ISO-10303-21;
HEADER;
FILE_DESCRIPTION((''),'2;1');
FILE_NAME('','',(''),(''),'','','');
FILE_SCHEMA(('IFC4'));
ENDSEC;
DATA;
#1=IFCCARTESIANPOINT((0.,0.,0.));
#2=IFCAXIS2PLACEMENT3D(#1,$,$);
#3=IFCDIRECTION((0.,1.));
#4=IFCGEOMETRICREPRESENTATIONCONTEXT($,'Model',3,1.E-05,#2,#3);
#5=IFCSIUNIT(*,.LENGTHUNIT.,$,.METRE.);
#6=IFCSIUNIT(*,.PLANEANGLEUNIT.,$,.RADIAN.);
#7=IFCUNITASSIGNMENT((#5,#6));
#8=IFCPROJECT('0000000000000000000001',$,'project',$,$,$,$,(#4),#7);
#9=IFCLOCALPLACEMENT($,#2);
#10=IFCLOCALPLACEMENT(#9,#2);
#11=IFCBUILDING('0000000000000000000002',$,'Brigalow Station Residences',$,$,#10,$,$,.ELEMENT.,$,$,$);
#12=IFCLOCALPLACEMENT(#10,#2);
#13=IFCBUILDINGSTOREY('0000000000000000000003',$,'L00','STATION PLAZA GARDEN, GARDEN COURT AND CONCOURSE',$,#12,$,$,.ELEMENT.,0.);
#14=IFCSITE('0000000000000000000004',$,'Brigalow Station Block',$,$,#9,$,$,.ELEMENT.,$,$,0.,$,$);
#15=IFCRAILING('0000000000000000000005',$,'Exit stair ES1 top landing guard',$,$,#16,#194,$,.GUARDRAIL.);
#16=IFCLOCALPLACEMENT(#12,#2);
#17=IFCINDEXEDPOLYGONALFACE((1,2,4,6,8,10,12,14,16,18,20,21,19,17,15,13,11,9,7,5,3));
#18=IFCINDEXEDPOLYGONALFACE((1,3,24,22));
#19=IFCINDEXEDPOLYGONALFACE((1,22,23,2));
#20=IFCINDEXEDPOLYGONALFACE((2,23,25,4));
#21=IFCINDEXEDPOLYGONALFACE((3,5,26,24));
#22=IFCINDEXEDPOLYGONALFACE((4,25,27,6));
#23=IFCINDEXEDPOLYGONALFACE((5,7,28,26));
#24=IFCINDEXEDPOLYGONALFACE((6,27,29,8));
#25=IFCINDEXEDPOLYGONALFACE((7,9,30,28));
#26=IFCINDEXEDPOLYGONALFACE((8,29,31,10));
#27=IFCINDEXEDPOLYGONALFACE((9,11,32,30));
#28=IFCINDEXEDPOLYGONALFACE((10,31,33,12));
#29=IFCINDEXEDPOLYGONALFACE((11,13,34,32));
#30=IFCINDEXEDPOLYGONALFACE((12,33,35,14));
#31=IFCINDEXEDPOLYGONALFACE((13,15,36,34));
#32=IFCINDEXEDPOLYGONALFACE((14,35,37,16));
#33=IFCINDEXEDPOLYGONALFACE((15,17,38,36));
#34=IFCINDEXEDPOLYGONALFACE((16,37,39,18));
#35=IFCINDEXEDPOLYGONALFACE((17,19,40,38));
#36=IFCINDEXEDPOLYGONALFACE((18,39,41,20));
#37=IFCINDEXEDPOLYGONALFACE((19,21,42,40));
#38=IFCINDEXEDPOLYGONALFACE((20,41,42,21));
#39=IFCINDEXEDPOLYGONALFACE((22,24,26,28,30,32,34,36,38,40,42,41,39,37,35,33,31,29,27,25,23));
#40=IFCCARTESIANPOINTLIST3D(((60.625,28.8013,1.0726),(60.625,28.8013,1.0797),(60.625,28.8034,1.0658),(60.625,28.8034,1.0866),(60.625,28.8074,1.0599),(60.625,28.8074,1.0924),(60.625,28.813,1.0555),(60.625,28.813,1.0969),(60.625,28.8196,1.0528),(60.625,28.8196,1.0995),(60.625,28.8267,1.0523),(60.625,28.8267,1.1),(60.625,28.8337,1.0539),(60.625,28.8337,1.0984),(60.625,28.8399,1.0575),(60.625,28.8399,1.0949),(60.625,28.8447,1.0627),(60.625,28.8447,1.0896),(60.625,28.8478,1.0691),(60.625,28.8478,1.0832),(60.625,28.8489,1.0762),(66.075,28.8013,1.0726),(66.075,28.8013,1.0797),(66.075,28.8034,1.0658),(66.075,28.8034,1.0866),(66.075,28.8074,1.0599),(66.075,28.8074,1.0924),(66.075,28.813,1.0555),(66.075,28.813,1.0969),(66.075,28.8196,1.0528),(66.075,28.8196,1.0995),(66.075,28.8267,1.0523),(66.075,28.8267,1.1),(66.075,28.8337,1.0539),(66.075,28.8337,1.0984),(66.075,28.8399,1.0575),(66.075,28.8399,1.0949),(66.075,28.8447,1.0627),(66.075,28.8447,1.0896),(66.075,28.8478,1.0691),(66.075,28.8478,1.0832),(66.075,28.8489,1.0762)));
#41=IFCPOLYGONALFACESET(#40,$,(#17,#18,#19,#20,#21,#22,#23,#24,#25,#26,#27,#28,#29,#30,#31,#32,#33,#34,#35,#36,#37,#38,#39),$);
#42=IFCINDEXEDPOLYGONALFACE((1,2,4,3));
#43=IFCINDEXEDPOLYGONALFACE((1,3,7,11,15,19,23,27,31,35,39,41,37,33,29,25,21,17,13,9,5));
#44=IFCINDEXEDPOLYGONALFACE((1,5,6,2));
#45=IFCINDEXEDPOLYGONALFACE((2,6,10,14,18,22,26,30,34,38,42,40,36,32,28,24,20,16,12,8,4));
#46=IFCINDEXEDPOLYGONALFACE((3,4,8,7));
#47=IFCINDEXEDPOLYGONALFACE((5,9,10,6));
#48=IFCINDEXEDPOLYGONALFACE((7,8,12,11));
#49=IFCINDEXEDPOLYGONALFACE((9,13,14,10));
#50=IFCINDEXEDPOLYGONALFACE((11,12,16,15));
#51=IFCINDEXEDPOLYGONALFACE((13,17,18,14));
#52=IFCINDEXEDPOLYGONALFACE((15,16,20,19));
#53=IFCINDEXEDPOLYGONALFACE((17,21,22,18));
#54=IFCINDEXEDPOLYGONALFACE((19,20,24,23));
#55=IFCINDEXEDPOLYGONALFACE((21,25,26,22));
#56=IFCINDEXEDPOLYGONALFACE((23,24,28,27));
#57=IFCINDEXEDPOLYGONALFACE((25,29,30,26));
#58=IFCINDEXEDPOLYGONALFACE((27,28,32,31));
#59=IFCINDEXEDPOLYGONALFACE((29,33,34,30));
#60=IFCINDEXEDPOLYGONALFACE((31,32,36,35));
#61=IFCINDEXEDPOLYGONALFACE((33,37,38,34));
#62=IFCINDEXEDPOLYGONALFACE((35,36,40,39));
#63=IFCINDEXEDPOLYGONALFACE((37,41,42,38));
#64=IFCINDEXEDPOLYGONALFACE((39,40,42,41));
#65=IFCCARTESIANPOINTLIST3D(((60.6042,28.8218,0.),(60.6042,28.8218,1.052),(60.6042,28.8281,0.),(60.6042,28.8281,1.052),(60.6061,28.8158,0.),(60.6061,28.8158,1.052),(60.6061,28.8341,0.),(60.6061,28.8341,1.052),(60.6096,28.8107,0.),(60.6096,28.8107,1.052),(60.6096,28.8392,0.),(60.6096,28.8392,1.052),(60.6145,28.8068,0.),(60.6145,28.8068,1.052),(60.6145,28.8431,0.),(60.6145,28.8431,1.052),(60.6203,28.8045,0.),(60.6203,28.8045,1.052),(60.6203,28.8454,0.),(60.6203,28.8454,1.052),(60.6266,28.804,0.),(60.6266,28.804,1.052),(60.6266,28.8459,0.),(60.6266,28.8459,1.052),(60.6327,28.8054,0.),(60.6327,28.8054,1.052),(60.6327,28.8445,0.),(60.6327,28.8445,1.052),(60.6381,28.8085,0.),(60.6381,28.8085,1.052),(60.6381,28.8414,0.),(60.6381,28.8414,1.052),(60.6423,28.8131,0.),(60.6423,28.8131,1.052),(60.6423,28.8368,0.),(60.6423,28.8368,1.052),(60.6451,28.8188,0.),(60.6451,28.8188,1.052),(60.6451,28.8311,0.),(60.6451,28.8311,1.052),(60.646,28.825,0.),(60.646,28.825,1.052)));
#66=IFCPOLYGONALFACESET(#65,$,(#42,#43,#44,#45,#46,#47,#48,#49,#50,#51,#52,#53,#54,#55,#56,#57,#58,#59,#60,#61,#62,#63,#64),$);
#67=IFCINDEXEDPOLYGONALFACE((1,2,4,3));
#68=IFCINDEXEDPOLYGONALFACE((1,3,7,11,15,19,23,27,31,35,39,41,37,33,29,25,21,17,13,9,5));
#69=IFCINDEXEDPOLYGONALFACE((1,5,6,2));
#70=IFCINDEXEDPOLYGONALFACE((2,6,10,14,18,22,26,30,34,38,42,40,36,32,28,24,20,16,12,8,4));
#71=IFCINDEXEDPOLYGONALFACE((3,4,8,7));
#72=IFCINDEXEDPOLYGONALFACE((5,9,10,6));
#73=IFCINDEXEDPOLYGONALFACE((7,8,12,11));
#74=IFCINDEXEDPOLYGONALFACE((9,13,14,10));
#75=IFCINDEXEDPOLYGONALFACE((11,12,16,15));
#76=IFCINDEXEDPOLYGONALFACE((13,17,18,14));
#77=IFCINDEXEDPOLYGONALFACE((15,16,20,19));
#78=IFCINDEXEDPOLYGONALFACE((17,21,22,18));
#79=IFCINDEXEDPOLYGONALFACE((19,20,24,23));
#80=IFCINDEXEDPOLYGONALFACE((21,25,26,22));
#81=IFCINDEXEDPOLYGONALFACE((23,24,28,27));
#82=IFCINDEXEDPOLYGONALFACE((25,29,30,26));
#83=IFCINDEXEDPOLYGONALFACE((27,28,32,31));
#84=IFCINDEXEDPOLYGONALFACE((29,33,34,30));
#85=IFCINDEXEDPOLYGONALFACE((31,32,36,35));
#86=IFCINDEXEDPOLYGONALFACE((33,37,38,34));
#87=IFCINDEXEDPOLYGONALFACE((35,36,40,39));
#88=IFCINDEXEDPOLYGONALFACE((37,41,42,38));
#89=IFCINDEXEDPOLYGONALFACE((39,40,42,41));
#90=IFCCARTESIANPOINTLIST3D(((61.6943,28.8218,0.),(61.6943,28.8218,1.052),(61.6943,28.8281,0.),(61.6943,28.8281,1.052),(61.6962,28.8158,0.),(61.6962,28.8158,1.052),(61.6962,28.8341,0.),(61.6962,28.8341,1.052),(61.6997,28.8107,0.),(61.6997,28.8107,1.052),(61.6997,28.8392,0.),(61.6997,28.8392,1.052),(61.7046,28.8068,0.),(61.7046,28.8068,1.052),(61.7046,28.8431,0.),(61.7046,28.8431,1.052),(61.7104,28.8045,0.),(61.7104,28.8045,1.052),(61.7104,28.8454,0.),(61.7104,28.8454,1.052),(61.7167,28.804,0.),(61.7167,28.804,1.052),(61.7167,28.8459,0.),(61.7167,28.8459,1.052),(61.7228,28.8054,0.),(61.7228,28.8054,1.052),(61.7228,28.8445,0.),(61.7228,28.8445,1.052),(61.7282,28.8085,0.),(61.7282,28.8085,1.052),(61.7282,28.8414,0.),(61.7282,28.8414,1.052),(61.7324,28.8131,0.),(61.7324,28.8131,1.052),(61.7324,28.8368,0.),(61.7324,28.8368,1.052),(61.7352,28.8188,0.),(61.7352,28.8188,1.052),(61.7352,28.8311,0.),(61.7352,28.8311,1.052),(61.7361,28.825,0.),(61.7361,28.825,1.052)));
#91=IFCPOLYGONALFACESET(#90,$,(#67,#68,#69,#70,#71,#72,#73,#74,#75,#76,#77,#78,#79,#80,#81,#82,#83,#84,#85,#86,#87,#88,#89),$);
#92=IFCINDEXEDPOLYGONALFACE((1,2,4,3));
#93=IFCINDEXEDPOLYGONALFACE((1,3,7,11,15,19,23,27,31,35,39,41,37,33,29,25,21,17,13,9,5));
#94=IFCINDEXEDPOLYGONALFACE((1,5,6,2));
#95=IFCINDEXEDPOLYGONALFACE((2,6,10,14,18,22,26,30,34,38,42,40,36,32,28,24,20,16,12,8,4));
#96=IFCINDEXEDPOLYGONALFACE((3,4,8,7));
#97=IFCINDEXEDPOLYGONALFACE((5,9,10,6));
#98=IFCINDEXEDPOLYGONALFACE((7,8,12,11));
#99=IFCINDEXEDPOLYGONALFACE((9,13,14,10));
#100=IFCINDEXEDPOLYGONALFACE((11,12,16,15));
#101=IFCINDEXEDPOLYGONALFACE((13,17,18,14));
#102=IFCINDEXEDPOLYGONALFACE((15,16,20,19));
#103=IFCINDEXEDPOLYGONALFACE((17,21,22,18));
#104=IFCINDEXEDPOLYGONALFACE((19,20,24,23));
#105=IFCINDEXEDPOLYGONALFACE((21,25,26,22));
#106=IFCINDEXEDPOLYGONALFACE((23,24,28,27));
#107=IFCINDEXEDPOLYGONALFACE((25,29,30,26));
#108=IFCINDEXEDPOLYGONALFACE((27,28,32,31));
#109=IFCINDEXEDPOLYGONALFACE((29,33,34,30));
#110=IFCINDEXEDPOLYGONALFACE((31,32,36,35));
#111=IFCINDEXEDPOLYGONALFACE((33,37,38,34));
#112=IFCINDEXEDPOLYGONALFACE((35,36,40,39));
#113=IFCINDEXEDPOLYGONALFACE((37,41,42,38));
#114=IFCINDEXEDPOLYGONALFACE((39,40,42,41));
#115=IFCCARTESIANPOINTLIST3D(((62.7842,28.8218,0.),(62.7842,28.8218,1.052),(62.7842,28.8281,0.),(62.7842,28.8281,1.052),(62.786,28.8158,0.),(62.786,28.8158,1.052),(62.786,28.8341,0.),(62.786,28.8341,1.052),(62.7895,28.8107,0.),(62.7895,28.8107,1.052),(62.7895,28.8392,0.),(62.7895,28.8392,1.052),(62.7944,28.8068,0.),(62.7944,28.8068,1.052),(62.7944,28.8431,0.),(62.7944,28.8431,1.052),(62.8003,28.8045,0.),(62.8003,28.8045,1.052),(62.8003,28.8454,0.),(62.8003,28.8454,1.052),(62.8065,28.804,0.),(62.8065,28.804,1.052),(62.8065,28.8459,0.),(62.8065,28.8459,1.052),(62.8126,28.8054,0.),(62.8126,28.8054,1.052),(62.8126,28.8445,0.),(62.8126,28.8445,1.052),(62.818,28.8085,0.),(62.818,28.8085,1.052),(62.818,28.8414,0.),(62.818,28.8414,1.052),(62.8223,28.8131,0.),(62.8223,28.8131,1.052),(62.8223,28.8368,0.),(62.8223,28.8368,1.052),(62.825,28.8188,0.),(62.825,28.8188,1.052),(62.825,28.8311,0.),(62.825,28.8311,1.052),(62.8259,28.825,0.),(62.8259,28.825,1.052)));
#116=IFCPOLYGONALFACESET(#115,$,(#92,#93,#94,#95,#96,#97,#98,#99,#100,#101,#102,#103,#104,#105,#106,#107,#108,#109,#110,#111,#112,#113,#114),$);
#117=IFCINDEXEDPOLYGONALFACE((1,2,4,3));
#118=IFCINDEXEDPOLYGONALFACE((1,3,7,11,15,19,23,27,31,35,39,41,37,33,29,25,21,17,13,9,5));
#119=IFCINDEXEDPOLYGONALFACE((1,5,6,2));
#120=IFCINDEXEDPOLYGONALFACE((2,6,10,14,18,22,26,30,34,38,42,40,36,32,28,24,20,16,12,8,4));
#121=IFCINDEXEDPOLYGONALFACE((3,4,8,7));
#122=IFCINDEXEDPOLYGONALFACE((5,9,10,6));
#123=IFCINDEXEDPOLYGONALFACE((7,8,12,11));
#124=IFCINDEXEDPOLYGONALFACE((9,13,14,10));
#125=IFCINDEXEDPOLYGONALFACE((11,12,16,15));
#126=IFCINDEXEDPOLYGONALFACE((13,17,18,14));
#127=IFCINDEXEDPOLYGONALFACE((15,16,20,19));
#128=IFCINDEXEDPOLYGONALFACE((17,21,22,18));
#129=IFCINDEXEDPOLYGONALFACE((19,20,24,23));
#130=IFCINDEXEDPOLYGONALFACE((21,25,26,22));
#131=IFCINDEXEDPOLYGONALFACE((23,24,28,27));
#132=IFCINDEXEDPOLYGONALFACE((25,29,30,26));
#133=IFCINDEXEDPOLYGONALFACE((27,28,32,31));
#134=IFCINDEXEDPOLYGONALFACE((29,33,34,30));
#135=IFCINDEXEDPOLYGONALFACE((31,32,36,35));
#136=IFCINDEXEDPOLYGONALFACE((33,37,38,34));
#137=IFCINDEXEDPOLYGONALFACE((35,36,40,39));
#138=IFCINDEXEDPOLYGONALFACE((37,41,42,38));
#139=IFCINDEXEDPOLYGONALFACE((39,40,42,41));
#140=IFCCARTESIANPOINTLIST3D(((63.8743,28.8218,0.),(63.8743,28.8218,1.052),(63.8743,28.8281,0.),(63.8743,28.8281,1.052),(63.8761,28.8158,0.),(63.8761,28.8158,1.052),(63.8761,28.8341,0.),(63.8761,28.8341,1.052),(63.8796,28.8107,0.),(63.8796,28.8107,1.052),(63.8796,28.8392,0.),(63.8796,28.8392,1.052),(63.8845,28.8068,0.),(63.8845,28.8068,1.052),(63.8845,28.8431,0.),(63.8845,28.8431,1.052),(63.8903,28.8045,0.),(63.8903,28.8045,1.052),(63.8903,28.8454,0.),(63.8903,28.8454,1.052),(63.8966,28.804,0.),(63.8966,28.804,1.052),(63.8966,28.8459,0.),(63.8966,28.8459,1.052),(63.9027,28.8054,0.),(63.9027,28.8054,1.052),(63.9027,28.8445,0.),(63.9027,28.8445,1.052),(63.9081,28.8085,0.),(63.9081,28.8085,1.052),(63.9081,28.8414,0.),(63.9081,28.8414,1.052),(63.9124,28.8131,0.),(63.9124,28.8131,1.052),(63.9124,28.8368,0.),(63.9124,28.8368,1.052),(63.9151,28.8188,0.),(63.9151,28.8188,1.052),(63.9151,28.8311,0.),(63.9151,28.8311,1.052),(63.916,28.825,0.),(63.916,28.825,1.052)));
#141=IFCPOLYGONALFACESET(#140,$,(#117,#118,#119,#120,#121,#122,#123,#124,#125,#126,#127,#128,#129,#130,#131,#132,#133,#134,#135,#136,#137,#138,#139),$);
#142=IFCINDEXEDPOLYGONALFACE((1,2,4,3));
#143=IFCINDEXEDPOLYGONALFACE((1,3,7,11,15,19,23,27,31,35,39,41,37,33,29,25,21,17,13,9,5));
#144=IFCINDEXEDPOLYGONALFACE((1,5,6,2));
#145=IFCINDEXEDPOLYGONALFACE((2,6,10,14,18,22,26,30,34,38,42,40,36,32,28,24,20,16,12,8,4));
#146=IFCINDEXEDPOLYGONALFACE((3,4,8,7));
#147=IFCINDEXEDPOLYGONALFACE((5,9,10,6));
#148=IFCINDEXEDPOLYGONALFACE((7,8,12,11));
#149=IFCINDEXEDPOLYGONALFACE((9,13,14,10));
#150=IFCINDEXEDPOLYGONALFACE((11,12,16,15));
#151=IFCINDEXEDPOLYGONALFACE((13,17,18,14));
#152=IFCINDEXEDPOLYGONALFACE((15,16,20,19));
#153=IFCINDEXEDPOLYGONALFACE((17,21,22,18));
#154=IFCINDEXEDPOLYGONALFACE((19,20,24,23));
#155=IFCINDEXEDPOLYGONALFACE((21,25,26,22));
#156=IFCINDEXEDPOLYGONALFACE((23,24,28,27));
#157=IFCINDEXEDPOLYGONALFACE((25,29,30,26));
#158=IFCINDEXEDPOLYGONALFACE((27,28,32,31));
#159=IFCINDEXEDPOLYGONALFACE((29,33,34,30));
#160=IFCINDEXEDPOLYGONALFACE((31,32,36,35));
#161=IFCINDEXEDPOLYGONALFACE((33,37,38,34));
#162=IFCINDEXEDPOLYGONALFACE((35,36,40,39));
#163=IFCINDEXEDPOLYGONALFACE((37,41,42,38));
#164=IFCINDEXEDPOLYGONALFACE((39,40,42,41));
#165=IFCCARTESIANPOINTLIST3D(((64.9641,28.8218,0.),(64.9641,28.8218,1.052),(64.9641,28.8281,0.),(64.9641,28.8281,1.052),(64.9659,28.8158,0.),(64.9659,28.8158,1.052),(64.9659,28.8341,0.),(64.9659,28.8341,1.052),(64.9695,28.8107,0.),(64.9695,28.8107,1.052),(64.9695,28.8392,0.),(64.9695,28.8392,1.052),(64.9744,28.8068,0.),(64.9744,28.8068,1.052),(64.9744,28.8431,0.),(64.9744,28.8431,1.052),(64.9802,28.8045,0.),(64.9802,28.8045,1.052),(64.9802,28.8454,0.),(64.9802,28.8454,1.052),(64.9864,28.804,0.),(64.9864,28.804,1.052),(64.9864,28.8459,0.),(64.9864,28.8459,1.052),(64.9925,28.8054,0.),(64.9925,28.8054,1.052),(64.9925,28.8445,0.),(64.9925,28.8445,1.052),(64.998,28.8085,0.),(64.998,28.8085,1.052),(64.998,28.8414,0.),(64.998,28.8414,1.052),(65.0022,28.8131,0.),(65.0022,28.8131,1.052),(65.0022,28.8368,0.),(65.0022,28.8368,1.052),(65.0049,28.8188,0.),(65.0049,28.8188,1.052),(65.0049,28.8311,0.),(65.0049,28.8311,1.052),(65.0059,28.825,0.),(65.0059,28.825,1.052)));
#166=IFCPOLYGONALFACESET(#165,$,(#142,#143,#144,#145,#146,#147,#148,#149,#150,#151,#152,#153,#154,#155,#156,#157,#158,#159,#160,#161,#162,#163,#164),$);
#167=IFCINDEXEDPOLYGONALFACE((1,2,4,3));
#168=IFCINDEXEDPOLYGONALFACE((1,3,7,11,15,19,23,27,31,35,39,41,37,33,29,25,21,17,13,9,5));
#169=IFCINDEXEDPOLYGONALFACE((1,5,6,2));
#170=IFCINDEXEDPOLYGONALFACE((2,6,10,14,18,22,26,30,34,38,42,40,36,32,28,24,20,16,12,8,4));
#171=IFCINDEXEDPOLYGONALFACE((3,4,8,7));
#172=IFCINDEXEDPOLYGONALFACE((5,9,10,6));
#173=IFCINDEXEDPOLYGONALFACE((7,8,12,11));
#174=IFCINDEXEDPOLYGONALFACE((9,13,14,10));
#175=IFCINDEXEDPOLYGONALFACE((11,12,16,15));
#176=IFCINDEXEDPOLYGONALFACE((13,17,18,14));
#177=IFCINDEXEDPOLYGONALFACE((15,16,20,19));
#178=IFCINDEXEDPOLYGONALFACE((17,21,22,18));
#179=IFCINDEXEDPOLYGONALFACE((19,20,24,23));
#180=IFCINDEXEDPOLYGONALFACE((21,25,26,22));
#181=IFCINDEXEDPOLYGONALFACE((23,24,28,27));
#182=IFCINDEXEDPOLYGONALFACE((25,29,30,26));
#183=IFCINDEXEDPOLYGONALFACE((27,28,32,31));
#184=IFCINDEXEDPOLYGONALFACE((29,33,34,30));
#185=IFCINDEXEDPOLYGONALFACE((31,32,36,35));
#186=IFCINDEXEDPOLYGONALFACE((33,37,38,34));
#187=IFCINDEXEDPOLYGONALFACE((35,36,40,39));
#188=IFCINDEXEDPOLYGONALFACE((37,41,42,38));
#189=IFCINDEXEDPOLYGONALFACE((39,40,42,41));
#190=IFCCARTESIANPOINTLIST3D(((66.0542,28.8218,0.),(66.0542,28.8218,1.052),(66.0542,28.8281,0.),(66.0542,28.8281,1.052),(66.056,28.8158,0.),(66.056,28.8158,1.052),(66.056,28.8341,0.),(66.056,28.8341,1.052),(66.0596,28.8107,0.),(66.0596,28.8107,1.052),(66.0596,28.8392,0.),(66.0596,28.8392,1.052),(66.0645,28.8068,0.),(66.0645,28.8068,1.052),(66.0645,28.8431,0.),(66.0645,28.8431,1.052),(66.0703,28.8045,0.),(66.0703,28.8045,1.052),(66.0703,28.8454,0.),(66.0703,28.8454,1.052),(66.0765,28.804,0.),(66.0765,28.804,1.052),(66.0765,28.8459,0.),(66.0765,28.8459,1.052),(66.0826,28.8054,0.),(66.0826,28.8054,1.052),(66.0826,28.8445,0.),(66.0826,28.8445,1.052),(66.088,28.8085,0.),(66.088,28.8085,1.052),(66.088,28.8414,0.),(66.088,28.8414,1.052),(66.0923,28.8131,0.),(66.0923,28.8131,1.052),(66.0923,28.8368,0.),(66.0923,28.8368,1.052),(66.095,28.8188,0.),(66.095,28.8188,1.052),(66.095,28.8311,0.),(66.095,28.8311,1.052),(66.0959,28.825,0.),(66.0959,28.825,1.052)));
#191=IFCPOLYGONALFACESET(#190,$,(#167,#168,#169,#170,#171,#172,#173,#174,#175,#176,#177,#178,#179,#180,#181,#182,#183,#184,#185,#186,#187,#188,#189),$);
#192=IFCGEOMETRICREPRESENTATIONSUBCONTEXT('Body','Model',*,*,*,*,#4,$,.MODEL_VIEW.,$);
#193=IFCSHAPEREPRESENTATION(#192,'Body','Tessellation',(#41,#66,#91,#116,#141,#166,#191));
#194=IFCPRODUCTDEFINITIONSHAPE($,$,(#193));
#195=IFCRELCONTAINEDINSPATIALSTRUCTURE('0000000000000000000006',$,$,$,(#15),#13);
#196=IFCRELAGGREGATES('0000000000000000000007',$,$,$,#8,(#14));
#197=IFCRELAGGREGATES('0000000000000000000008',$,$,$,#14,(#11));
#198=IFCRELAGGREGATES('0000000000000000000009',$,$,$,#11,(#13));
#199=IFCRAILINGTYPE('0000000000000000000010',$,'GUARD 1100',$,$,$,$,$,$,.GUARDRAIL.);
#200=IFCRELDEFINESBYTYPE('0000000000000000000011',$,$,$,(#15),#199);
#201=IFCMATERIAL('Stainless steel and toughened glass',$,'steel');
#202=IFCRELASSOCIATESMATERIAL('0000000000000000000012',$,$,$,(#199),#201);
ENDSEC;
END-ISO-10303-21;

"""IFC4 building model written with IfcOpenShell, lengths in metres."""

from ifc_helpers import new_model, si_unit, direction, frame, origin, origin_2d, place, context, subcontext, project, spatial, circle, extrude, material, type_object, element, save


model = new_model("IFC4")

# Units and contexts
model_context = context("Model", 3, precision=1e-05, world=origin(), true_north=direction((0.0, 1.0)))
body_context = subcontext(model_context, "Body", "Model", "MODEL_VIEW")
ifc_project = project(units=[si_unit("LENGTHUNIT", "METRE"), si_unit("PLANEANGLEUNIT", "RADIAN")], contexts=[model_context])

# Site, building, storey
site_placement = place(None, origin())
site = spatial("IfcSite", under=ifc_project, at=site_placement, Name="Brigalow Station Block", CompositionType="ELEMENT", RefElevation=0.0)
building_placement = place(site_placement, origin())
building = spatial("IfcBuilding", under=site, at=building_placement, Name="Brigalow Station Residences", CompositionType="ELEMENT")
storey_placement = place(building_placement, origin())
storey = spatial("IfcBuildingStorey", under=building, at=storey_placement, Name="L00", Description="STATION PLAZA GARDEN, GARDEN COURT AND CONCOURSE", CompositionType="ELEMENT", Elevation=0.0)

# Railing
ifc_material_1 = material(Name="Stainless steel and toughened glass", Category="steel")
railing_type_1 = type_object("IfcRailingType", Name="GUARD 1100", PredefinedType="GUARDRAIL", material=ifc_material_1)
for number, where, name in (
    (1, (60.625, 28.825, 0.0), "Exit stair ES1 top landing guard"),
):
    element("IfcRailing", number, at=place(storey_placement, frame(where)), inside=storey, type_object=railing_type_1, Name=name, PredefinedType="GUARDRAIL", context=body_context, shape_type="SweptSolid", body=[
        extrude(circle(Radius=0.0239, at=origin_2d()), frame((0.0, 0.0, 1.0762), z_axis=(1.0, 0.0, 0.0), x_axis=(0.0, 1.0, 0.0)), (0.0, 0.0, 1.0), 5.45),
        extrude(circle(Radius=0.021, at=origin_2d()), origin(), (0.0, 0.0, 1.0), 1.052),
        extrude(circle(Radius=0.021, at=origin_2d()), frame((1.0901, 0.0, 0.0)), (0.0, 0.0, 1.0), 1.052),
        extrude(circle(Radius=0.021, at=origin_2d()), frame((2.1799, 0.0, 0.0)), (0.0, 0.0, 1.0), 1.052),
        extrude(circle(Radius=0.021, at=origin_2d()), frame((3.27, 0.0, 0.0)), (0.0, 0.0, 1.0), 1.052),
        extrude(circle(Radius=0.021, at=origin_2d()), frame((4.3599, 0.0, 0.0)), (0.0, 0.0, 1.0), 1.052),
        extrude(circle(Radius=0.021, at=origin_2d()), frame((5.45, 0.0, 0.0)), (0.0, 0.0, 1.0), 1.052),
    ])

save(model, "model.ifc")
